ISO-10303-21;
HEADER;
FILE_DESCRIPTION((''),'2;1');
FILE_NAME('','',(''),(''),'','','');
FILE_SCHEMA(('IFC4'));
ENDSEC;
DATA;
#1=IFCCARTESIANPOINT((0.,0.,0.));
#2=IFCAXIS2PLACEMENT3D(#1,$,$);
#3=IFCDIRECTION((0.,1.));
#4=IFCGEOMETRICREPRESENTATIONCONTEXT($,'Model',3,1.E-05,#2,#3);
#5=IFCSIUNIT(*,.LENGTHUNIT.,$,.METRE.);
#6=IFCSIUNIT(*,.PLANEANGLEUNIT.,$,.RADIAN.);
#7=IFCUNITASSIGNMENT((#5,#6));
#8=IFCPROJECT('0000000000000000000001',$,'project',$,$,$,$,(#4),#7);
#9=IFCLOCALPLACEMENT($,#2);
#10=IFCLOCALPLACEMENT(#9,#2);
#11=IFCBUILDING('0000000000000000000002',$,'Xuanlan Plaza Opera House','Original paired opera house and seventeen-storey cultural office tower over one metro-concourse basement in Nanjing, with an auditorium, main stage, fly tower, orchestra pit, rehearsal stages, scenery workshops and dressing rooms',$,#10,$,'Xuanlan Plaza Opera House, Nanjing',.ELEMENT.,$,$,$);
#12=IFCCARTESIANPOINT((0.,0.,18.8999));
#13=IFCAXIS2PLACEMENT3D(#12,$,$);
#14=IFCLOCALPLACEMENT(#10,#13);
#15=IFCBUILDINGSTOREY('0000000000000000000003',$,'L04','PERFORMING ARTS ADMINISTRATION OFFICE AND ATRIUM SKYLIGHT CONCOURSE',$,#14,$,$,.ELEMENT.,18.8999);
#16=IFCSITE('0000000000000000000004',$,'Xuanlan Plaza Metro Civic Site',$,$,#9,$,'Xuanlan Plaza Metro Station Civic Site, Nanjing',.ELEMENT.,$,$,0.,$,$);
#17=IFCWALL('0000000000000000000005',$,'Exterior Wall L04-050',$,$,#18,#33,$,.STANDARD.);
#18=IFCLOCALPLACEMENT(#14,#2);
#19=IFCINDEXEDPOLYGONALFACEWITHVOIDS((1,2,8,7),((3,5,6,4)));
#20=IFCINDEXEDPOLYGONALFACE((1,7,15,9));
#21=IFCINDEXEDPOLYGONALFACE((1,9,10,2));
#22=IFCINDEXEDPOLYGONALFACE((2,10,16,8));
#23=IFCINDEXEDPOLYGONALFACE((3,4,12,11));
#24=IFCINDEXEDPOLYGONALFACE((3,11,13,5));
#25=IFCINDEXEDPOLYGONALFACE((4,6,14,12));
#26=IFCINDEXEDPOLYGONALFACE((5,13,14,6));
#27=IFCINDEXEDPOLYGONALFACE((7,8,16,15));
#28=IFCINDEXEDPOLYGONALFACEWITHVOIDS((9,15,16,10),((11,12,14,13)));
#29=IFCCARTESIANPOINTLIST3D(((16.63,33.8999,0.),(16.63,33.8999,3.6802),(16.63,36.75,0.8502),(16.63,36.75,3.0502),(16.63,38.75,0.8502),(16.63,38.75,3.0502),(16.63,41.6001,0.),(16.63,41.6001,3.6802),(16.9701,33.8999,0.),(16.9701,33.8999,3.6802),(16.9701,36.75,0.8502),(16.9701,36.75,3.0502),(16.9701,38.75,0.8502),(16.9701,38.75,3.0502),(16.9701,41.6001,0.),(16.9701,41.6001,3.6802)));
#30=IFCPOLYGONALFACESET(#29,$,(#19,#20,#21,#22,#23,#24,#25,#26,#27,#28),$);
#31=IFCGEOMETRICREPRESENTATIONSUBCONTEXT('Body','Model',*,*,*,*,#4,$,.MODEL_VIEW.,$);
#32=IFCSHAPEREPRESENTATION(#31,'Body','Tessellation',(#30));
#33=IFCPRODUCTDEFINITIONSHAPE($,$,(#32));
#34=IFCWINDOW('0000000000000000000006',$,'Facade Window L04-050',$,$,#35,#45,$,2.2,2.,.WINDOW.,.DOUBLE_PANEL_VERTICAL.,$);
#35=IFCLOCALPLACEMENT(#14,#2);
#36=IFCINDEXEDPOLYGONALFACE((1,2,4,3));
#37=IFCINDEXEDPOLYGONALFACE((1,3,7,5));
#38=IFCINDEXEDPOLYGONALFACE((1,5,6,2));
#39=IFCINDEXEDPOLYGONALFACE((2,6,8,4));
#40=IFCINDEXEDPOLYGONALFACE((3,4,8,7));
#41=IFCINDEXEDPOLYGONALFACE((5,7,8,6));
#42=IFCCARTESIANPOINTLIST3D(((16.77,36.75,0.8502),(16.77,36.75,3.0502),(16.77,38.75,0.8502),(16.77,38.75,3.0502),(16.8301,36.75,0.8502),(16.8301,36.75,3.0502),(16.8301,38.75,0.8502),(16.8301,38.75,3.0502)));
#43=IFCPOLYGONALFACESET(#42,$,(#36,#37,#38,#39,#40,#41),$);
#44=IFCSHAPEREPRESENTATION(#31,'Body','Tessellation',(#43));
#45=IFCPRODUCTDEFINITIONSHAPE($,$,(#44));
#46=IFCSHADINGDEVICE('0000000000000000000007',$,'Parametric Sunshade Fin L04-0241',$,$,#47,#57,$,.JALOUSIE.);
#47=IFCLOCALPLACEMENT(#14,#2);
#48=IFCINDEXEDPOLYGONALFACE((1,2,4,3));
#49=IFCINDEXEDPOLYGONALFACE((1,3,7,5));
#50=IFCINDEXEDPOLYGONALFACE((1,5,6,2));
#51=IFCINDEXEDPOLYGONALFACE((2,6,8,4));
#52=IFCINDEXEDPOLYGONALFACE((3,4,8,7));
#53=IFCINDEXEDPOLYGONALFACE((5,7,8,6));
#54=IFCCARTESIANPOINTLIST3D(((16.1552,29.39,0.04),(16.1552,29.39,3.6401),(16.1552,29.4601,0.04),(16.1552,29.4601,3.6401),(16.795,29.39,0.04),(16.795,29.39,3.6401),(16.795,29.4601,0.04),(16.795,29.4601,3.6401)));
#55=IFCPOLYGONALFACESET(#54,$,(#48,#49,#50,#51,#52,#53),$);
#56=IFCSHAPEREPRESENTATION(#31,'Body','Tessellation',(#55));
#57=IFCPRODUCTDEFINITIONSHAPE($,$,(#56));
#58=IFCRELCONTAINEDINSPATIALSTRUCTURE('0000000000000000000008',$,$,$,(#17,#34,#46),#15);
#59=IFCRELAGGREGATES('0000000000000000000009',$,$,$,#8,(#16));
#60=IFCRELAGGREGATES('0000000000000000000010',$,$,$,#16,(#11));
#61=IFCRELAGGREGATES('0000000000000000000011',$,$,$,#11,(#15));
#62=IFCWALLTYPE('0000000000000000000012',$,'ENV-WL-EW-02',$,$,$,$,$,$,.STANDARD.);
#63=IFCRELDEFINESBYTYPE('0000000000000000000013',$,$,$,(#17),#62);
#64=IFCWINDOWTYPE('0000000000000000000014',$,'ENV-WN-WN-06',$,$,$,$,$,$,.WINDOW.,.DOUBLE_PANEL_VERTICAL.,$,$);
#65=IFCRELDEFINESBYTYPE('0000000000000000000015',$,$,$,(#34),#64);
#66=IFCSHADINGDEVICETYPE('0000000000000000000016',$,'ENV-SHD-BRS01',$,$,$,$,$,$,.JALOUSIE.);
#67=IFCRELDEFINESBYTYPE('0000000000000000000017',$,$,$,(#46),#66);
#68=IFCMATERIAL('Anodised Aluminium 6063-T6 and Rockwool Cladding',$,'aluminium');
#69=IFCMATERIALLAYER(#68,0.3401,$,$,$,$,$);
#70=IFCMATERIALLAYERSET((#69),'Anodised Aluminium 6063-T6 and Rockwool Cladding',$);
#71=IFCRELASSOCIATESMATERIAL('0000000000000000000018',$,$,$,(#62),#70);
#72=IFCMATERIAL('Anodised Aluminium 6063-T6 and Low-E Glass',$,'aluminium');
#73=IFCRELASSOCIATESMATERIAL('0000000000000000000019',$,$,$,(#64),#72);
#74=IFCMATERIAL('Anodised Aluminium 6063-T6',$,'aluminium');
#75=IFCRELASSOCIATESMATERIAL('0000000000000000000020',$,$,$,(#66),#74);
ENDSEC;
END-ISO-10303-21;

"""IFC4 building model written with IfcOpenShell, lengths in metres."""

from ifc_helpers import new_model, si_unit, direction, frame, frame_2d, origin, origin_2d, place, context, subcontext, project, spatial, rectangle, extrude, material, layer, layer_set, type_object, element, fill, save


model = new_model("IFC4")

# Units and contexts
model_context = context("Model", 3, precision=1e-05, world=origin(), true_north=direction((0.0, 1.0)))
body_context = subcontext(model_context, "Body", "Model", "MODEL_VIEW")
ifc_project = project(units=[si_unit("LENGTHUNIT", "METRE"), si_unit("PLANEANGLEUNIT", "RADIAN")], contexts=[model_context])

# Site, building, storey
site_placement = place(None, origin())
site = spatial("IfcSite", under=ifc_project, at=site_placement, Name="Xuanlan Plaza Metro Civic Site", LongName="Xuanlan Plaza Metro Station Civic Site, Nanjing", CompositionType="ELEMENT", RefElevation=0.0)
building_placement = place(site_placement, origin())
building = spatial("IfcBuilding", under=site, at=building_placement, Name="Xuanlan Plaza Opera House", Description="Original paired opera house and seventeen-storey cultural office tower over one metro-concourse basement in Nanjing, with an auditorium, main stage, fly tower, orchestra pit, rehearsal stages, scenery workshops and dressing rooms", LongName="Xuanlan Plaza Opera House, Nanjing", CompositionType="ELEMENT")
storey_placement = place(building_placement, frame((0.0, 0.0, 18.8999)))
storey = spatial("IfcBuildingStorey", under=building, at=storey_placement, Name="L04", Description="PERFORMING ARTS ADMINISTRATION OFFICE AND ATRIUM SKYLIGHT CONCOURSE", CompositionType="ELEMENT", Elevation=18.8999)

# Shared definitions
ifc_material_1 = material(Name="Anodised Aluminium 6063-T6 and Low-E Glass", Category="aluminium")
ifc_material_2 = material(Name="Anodised Aluminium 6063-T6", Category="aluminium")

# Wall, opening, window
ifc_material_3 = material(Name="Anodised Aluminium 6063-T6 and Rockwool Cladding", Category="aluminium")
ifc_layer_1 = layer(ifc_material_3, 0.3401)
ifc_layer_set_1 = layer_set([ifc_layer_1], Name="Anodised Aluminium 6063-T6 and Rockwool Cladding")
wall_type = type_object("IfcWallType", Name="ENV-WL-EW-02", PredefinedType="STANDARD", material=ifc_layer_set_1)
wall_placement = place(storey_placement, frame((16.8, 41.6001, 0.0), z_axis=(0.0, 0.0, 1.0), x_axis=(0.0, -1.0, 0.0)))
wall = element("IfcWall", 1, at=wall_placement, inside=storey, type_object=wall_type, Name="Exterior Wall L04-050", PredefinedType="STANDARD", context=body_context, shape_type="SweptSolid", body=[
    extrude(rectangle(XDim=7.7002, YDim=0.3401, at=frame_2d((3.8501, 0.0))), origin(), (0.0, 0.0, 1.0), 3.6802),
])
opening_placement = place(wall_placement, frame((2.8501, 0.0, 0.8501)))
opening = element("IfcOpeningElement", 2, at=opening_placement, cuts=wall, PredefinedType="OPENING", context=body_context, shape_type="SweptSolid", body=[
    extrude(rectangle(XDim=2.0, YDim=2.2, at=frame_2d((1.0, 1.1001))), frame((0.0, 0.1799, 0.0), z_axis=(0.0, -1.0, 0.0), x_axis=(1.0, 0.0, 0.0)), (0.0, 0.0, 1.0), 0.3601),
])
window_type = type_object("IfcWindowType", Name="ENV-WN-WN-06", PartitioningType="DOUBLE_PANEL_VERTICAL", PredefinedType="WINDOW", material=ifc_material_1)
window_placement = place(opening_placement, origin())
window = element("IfcWindow", 3, at=window_placement, inside=storey, type_object=window_type, Name="Facade Window L04-050", OverallHeight=2.2, OverallWidth=2.0, PartitioningType="DOUBLE_PANEL_VERTICAL", PredefinedType="WINDOW", context=body_context, shape_type="SweptSolid", body=[
    extrude(rectangle(XDim=2.0, YDim=2.2, at=frame_2d((1.0, 1.1001))), frame((0.0, 0.03, 0.0), z_axis=(0.0, -1.0, 0.0), x_axis=(1.0, 0.0, 0.0)), (0.0, 0.0, 1.0), 0.0601),
])
fill(opening, window)

# Shading device
shading_device_type = type_object("IfcShadingDeviceType", Name="ENV-SHD-BRS01", PredefinedType="JALOUSIE", material=ifc_material_2)
shading_device_placement = place(storey_placement, frame((16.4751, 29.425, 0.04), z_axis=(0.0, 0.0, 1.0), x_axis=(-1.0, 0.0, 0.0)))
element("IfcShadingDevice", 4, at=shading_device_placement, inside=storey, type_object=shading_device_type, Name="Parametric Sunshade Fin L04-0241", PredefinedType="JALOUSIE", context=body_context, shape_type="SweptSolid", body=[
    extrude(rectangle(XDim=0.6399, YDim=0.0701, at=origin_2d()), origin(), (0.0, 0.0, 1.0), 3.6001),
])

save(model, "model.ifc")
